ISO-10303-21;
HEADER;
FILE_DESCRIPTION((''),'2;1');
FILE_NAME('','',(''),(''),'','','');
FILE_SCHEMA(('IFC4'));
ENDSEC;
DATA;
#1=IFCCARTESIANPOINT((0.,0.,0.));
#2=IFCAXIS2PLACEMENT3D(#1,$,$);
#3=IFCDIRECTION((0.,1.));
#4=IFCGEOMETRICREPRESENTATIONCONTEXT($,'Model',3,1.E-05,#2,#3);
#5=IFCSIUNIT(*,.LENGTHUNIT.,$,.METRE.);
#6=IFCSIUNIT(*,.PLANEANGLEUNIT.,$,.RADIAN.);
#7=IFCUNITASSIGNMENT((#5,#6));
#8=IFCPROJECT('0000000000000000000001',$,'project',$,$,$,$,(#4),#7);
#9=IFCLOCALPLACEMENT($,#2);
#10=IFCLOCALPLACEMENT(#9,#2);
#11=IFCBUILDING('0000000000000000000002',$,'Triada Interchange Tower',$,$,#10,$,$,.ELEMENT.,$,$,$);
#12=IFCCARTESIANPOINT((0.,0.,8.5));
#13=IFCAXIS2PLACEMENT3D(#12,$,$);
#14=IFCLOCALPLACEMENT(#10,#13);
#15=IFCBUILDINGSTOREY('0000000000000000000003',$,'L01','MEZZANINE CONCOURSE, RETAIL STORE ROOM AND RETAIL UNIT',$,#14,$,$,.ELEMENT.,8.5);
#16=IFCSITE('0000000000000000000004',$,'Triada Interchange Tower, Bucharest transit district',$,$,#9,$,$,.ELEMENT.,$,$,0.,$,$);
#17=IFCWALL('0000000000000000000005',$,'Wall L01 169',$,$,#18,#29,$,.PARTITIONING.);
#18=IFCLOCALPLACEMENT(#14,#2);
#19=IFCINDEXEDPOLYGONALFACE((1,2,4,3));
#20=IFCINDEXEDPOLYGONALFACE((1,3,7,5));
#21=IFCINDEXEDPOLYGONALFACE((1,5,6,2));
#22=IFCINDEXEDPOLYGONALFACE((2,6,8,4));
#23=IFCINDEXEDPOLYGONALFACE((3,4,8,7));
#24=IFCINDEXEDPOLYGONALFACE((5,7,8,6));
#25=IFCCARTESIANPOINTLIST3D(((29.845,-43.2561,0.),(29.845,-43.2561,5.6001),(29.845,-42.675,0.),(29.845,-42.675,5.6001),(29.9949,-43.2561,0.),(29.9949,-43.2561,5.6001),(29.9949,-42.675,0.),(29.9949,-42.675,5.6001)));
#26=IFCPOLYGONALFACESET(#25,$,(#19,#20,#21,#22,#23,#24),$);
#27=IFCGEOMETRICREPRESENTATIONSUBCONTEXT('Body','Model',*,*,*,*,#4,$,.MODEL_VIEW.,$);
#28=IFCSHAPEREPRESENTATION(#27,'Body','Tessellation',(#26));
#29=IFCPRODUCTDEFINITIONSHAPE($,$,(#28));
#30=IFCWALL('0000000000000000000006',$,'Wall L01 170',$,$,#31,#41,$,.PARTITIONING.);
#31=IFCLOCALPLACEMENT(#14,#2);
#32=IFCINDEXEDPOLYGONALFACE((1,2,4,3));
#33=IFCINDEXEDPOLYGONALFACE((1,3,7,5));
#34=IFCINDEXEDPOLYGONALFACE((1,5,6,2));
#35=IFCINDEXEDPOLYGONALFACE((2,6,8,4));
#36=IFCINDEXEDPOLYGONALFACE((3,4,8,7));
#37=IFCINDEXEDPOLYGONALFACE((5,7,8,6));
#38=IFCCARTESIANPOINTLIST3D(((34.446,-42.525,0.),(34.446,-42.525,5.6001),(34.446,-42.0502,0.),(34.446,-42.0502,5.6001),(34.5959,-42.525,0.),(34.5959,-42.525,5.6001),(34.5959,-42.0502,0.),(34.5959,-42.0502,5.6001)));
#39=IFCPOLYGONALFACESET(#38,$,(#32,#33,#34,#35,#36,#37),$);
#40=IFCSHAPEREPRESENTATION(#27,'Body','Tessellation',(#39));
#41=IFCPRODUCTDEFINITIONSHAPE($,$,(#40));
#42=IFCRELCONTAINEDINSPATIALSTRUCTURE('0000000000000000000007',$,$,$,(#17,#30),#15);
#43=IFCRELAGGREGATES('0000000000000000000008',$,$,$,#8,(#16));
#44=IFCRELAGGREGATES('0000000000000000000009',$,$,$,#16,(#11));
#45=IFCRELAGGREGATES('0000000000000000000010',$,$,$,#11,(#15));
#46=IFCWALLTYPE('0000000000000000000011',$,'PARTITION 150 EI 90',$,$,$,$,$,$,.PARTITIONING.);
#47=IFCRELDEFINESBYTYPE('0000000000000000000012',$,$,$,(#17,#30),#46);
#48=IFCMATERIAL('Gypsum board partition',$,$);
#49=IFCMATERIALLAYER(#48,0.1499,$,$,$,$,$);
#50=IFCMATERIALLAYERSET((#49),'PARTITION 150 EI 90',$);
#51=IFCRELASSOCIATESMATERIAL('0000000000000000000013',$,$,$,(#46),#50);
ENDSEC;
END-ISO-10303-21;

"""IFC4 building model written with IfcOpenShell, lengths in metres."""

from ifc_helpers import new_model, si_unit, direction, frame, frame_2d, origin, place, context, subcontext, project, spatial, rectangle, extrude, material, layer, layer_set, type_object, element, save


model = new_model("IFC4")

# Units and contexts
model_context = context("Model", 3, precision=1e-05, world=origin(), true_north=direction((0.0, 1.0)))
body_context = subcontext(model_context, "Body", "Model", "MODEL_VIEW")
ifc_project = project(units=[si_unit("LENGTHUNIT", "METRE"), si_unit("PLANEANGLEUNIT", "RADIAN")], contexts=[model_context])

# Site, building, storey
site_placement = place(None, origin())
site = spatial("IfcSite", under=ifc_project, at=site_placement, Name="Triada Interchange Tower, Bucharest transit district", CompositionType="ELEMENT", RefElevation=0.0)
building_placement = place(site_placement, origin())
building = spatial("IfcBuilding", under=site, at=building_placement, Name="Triada Interchange Tower", CompositionType="ELEMENT")
storey_placement = place(building_placement, frame((0.0, 0.0, 8.5)))
storey = spatial("IfcBuildingStorey", under=building, at=storey_placement, Name="L01", Description="MEZZANINE CONCOURSE, RETAIL STORE ROOM AND RETAIL UNIT", CompositionType="ELEMENT", Elevation=8.5)

# Shared definitions
ifc_material_1 = material(Name="Gypsum board partition")

# Shared definitions
ifc_layer_1 = layer(ifc_material_1, 0.1499)
ifc_layer_set_1 = layer_set([ifc_layer_1], Name="PARTITION 150 EI 90")
wall_type_1 = type_object("IfcWallType", Name="PARTITION 150 EI 90", PredefinedType="PARTITIONING", material=ifc_layer_set_1)

# Walls
wall_1_placement = place(storey_placement, frame((29.9199, -43.2561, 0.0), z_axis=(0.0, 0.0, 1.0), x_axis=(0.0, 1.0, 0.0)))
element("IfcWall", 1, at=wall_1_placement, inside=storey, type_object=wall_type_1, Name="Wall L01 169", PredefinedType="PARTITIONING", context=body_context, shape_type="SweptSolid", body=[
    extrude(rectangle(XDim=0.5811, YDim=0.1499, at=frame_2d((0.2905, 0.0))), origin(), (0.0, 0.0, 1.0), 5.6001),
])
wall_2_placement = place(storey_placement, frame((34.521, -42.5249, 0.0), z_axis=(0.0, 0.0, 1.0), x_axis=(0.0, 1.0, 0.0)))
element("IfcWall", 2, at=wall_2_placement, inside=storey, type_object=wall_type_1, Name="Wall L01 170", PredefinedType="PARTITIONING", context=body_context, shape_type="SweptSolid", body=[
    extrude(rectangle(XDim=0.4749, YDim=0.1499, at=frame_2d((0.2373, 0.0))), origin(), (0.0, 0.0, 1.0), 5.6001),
])

save(model, "model.ifc")
